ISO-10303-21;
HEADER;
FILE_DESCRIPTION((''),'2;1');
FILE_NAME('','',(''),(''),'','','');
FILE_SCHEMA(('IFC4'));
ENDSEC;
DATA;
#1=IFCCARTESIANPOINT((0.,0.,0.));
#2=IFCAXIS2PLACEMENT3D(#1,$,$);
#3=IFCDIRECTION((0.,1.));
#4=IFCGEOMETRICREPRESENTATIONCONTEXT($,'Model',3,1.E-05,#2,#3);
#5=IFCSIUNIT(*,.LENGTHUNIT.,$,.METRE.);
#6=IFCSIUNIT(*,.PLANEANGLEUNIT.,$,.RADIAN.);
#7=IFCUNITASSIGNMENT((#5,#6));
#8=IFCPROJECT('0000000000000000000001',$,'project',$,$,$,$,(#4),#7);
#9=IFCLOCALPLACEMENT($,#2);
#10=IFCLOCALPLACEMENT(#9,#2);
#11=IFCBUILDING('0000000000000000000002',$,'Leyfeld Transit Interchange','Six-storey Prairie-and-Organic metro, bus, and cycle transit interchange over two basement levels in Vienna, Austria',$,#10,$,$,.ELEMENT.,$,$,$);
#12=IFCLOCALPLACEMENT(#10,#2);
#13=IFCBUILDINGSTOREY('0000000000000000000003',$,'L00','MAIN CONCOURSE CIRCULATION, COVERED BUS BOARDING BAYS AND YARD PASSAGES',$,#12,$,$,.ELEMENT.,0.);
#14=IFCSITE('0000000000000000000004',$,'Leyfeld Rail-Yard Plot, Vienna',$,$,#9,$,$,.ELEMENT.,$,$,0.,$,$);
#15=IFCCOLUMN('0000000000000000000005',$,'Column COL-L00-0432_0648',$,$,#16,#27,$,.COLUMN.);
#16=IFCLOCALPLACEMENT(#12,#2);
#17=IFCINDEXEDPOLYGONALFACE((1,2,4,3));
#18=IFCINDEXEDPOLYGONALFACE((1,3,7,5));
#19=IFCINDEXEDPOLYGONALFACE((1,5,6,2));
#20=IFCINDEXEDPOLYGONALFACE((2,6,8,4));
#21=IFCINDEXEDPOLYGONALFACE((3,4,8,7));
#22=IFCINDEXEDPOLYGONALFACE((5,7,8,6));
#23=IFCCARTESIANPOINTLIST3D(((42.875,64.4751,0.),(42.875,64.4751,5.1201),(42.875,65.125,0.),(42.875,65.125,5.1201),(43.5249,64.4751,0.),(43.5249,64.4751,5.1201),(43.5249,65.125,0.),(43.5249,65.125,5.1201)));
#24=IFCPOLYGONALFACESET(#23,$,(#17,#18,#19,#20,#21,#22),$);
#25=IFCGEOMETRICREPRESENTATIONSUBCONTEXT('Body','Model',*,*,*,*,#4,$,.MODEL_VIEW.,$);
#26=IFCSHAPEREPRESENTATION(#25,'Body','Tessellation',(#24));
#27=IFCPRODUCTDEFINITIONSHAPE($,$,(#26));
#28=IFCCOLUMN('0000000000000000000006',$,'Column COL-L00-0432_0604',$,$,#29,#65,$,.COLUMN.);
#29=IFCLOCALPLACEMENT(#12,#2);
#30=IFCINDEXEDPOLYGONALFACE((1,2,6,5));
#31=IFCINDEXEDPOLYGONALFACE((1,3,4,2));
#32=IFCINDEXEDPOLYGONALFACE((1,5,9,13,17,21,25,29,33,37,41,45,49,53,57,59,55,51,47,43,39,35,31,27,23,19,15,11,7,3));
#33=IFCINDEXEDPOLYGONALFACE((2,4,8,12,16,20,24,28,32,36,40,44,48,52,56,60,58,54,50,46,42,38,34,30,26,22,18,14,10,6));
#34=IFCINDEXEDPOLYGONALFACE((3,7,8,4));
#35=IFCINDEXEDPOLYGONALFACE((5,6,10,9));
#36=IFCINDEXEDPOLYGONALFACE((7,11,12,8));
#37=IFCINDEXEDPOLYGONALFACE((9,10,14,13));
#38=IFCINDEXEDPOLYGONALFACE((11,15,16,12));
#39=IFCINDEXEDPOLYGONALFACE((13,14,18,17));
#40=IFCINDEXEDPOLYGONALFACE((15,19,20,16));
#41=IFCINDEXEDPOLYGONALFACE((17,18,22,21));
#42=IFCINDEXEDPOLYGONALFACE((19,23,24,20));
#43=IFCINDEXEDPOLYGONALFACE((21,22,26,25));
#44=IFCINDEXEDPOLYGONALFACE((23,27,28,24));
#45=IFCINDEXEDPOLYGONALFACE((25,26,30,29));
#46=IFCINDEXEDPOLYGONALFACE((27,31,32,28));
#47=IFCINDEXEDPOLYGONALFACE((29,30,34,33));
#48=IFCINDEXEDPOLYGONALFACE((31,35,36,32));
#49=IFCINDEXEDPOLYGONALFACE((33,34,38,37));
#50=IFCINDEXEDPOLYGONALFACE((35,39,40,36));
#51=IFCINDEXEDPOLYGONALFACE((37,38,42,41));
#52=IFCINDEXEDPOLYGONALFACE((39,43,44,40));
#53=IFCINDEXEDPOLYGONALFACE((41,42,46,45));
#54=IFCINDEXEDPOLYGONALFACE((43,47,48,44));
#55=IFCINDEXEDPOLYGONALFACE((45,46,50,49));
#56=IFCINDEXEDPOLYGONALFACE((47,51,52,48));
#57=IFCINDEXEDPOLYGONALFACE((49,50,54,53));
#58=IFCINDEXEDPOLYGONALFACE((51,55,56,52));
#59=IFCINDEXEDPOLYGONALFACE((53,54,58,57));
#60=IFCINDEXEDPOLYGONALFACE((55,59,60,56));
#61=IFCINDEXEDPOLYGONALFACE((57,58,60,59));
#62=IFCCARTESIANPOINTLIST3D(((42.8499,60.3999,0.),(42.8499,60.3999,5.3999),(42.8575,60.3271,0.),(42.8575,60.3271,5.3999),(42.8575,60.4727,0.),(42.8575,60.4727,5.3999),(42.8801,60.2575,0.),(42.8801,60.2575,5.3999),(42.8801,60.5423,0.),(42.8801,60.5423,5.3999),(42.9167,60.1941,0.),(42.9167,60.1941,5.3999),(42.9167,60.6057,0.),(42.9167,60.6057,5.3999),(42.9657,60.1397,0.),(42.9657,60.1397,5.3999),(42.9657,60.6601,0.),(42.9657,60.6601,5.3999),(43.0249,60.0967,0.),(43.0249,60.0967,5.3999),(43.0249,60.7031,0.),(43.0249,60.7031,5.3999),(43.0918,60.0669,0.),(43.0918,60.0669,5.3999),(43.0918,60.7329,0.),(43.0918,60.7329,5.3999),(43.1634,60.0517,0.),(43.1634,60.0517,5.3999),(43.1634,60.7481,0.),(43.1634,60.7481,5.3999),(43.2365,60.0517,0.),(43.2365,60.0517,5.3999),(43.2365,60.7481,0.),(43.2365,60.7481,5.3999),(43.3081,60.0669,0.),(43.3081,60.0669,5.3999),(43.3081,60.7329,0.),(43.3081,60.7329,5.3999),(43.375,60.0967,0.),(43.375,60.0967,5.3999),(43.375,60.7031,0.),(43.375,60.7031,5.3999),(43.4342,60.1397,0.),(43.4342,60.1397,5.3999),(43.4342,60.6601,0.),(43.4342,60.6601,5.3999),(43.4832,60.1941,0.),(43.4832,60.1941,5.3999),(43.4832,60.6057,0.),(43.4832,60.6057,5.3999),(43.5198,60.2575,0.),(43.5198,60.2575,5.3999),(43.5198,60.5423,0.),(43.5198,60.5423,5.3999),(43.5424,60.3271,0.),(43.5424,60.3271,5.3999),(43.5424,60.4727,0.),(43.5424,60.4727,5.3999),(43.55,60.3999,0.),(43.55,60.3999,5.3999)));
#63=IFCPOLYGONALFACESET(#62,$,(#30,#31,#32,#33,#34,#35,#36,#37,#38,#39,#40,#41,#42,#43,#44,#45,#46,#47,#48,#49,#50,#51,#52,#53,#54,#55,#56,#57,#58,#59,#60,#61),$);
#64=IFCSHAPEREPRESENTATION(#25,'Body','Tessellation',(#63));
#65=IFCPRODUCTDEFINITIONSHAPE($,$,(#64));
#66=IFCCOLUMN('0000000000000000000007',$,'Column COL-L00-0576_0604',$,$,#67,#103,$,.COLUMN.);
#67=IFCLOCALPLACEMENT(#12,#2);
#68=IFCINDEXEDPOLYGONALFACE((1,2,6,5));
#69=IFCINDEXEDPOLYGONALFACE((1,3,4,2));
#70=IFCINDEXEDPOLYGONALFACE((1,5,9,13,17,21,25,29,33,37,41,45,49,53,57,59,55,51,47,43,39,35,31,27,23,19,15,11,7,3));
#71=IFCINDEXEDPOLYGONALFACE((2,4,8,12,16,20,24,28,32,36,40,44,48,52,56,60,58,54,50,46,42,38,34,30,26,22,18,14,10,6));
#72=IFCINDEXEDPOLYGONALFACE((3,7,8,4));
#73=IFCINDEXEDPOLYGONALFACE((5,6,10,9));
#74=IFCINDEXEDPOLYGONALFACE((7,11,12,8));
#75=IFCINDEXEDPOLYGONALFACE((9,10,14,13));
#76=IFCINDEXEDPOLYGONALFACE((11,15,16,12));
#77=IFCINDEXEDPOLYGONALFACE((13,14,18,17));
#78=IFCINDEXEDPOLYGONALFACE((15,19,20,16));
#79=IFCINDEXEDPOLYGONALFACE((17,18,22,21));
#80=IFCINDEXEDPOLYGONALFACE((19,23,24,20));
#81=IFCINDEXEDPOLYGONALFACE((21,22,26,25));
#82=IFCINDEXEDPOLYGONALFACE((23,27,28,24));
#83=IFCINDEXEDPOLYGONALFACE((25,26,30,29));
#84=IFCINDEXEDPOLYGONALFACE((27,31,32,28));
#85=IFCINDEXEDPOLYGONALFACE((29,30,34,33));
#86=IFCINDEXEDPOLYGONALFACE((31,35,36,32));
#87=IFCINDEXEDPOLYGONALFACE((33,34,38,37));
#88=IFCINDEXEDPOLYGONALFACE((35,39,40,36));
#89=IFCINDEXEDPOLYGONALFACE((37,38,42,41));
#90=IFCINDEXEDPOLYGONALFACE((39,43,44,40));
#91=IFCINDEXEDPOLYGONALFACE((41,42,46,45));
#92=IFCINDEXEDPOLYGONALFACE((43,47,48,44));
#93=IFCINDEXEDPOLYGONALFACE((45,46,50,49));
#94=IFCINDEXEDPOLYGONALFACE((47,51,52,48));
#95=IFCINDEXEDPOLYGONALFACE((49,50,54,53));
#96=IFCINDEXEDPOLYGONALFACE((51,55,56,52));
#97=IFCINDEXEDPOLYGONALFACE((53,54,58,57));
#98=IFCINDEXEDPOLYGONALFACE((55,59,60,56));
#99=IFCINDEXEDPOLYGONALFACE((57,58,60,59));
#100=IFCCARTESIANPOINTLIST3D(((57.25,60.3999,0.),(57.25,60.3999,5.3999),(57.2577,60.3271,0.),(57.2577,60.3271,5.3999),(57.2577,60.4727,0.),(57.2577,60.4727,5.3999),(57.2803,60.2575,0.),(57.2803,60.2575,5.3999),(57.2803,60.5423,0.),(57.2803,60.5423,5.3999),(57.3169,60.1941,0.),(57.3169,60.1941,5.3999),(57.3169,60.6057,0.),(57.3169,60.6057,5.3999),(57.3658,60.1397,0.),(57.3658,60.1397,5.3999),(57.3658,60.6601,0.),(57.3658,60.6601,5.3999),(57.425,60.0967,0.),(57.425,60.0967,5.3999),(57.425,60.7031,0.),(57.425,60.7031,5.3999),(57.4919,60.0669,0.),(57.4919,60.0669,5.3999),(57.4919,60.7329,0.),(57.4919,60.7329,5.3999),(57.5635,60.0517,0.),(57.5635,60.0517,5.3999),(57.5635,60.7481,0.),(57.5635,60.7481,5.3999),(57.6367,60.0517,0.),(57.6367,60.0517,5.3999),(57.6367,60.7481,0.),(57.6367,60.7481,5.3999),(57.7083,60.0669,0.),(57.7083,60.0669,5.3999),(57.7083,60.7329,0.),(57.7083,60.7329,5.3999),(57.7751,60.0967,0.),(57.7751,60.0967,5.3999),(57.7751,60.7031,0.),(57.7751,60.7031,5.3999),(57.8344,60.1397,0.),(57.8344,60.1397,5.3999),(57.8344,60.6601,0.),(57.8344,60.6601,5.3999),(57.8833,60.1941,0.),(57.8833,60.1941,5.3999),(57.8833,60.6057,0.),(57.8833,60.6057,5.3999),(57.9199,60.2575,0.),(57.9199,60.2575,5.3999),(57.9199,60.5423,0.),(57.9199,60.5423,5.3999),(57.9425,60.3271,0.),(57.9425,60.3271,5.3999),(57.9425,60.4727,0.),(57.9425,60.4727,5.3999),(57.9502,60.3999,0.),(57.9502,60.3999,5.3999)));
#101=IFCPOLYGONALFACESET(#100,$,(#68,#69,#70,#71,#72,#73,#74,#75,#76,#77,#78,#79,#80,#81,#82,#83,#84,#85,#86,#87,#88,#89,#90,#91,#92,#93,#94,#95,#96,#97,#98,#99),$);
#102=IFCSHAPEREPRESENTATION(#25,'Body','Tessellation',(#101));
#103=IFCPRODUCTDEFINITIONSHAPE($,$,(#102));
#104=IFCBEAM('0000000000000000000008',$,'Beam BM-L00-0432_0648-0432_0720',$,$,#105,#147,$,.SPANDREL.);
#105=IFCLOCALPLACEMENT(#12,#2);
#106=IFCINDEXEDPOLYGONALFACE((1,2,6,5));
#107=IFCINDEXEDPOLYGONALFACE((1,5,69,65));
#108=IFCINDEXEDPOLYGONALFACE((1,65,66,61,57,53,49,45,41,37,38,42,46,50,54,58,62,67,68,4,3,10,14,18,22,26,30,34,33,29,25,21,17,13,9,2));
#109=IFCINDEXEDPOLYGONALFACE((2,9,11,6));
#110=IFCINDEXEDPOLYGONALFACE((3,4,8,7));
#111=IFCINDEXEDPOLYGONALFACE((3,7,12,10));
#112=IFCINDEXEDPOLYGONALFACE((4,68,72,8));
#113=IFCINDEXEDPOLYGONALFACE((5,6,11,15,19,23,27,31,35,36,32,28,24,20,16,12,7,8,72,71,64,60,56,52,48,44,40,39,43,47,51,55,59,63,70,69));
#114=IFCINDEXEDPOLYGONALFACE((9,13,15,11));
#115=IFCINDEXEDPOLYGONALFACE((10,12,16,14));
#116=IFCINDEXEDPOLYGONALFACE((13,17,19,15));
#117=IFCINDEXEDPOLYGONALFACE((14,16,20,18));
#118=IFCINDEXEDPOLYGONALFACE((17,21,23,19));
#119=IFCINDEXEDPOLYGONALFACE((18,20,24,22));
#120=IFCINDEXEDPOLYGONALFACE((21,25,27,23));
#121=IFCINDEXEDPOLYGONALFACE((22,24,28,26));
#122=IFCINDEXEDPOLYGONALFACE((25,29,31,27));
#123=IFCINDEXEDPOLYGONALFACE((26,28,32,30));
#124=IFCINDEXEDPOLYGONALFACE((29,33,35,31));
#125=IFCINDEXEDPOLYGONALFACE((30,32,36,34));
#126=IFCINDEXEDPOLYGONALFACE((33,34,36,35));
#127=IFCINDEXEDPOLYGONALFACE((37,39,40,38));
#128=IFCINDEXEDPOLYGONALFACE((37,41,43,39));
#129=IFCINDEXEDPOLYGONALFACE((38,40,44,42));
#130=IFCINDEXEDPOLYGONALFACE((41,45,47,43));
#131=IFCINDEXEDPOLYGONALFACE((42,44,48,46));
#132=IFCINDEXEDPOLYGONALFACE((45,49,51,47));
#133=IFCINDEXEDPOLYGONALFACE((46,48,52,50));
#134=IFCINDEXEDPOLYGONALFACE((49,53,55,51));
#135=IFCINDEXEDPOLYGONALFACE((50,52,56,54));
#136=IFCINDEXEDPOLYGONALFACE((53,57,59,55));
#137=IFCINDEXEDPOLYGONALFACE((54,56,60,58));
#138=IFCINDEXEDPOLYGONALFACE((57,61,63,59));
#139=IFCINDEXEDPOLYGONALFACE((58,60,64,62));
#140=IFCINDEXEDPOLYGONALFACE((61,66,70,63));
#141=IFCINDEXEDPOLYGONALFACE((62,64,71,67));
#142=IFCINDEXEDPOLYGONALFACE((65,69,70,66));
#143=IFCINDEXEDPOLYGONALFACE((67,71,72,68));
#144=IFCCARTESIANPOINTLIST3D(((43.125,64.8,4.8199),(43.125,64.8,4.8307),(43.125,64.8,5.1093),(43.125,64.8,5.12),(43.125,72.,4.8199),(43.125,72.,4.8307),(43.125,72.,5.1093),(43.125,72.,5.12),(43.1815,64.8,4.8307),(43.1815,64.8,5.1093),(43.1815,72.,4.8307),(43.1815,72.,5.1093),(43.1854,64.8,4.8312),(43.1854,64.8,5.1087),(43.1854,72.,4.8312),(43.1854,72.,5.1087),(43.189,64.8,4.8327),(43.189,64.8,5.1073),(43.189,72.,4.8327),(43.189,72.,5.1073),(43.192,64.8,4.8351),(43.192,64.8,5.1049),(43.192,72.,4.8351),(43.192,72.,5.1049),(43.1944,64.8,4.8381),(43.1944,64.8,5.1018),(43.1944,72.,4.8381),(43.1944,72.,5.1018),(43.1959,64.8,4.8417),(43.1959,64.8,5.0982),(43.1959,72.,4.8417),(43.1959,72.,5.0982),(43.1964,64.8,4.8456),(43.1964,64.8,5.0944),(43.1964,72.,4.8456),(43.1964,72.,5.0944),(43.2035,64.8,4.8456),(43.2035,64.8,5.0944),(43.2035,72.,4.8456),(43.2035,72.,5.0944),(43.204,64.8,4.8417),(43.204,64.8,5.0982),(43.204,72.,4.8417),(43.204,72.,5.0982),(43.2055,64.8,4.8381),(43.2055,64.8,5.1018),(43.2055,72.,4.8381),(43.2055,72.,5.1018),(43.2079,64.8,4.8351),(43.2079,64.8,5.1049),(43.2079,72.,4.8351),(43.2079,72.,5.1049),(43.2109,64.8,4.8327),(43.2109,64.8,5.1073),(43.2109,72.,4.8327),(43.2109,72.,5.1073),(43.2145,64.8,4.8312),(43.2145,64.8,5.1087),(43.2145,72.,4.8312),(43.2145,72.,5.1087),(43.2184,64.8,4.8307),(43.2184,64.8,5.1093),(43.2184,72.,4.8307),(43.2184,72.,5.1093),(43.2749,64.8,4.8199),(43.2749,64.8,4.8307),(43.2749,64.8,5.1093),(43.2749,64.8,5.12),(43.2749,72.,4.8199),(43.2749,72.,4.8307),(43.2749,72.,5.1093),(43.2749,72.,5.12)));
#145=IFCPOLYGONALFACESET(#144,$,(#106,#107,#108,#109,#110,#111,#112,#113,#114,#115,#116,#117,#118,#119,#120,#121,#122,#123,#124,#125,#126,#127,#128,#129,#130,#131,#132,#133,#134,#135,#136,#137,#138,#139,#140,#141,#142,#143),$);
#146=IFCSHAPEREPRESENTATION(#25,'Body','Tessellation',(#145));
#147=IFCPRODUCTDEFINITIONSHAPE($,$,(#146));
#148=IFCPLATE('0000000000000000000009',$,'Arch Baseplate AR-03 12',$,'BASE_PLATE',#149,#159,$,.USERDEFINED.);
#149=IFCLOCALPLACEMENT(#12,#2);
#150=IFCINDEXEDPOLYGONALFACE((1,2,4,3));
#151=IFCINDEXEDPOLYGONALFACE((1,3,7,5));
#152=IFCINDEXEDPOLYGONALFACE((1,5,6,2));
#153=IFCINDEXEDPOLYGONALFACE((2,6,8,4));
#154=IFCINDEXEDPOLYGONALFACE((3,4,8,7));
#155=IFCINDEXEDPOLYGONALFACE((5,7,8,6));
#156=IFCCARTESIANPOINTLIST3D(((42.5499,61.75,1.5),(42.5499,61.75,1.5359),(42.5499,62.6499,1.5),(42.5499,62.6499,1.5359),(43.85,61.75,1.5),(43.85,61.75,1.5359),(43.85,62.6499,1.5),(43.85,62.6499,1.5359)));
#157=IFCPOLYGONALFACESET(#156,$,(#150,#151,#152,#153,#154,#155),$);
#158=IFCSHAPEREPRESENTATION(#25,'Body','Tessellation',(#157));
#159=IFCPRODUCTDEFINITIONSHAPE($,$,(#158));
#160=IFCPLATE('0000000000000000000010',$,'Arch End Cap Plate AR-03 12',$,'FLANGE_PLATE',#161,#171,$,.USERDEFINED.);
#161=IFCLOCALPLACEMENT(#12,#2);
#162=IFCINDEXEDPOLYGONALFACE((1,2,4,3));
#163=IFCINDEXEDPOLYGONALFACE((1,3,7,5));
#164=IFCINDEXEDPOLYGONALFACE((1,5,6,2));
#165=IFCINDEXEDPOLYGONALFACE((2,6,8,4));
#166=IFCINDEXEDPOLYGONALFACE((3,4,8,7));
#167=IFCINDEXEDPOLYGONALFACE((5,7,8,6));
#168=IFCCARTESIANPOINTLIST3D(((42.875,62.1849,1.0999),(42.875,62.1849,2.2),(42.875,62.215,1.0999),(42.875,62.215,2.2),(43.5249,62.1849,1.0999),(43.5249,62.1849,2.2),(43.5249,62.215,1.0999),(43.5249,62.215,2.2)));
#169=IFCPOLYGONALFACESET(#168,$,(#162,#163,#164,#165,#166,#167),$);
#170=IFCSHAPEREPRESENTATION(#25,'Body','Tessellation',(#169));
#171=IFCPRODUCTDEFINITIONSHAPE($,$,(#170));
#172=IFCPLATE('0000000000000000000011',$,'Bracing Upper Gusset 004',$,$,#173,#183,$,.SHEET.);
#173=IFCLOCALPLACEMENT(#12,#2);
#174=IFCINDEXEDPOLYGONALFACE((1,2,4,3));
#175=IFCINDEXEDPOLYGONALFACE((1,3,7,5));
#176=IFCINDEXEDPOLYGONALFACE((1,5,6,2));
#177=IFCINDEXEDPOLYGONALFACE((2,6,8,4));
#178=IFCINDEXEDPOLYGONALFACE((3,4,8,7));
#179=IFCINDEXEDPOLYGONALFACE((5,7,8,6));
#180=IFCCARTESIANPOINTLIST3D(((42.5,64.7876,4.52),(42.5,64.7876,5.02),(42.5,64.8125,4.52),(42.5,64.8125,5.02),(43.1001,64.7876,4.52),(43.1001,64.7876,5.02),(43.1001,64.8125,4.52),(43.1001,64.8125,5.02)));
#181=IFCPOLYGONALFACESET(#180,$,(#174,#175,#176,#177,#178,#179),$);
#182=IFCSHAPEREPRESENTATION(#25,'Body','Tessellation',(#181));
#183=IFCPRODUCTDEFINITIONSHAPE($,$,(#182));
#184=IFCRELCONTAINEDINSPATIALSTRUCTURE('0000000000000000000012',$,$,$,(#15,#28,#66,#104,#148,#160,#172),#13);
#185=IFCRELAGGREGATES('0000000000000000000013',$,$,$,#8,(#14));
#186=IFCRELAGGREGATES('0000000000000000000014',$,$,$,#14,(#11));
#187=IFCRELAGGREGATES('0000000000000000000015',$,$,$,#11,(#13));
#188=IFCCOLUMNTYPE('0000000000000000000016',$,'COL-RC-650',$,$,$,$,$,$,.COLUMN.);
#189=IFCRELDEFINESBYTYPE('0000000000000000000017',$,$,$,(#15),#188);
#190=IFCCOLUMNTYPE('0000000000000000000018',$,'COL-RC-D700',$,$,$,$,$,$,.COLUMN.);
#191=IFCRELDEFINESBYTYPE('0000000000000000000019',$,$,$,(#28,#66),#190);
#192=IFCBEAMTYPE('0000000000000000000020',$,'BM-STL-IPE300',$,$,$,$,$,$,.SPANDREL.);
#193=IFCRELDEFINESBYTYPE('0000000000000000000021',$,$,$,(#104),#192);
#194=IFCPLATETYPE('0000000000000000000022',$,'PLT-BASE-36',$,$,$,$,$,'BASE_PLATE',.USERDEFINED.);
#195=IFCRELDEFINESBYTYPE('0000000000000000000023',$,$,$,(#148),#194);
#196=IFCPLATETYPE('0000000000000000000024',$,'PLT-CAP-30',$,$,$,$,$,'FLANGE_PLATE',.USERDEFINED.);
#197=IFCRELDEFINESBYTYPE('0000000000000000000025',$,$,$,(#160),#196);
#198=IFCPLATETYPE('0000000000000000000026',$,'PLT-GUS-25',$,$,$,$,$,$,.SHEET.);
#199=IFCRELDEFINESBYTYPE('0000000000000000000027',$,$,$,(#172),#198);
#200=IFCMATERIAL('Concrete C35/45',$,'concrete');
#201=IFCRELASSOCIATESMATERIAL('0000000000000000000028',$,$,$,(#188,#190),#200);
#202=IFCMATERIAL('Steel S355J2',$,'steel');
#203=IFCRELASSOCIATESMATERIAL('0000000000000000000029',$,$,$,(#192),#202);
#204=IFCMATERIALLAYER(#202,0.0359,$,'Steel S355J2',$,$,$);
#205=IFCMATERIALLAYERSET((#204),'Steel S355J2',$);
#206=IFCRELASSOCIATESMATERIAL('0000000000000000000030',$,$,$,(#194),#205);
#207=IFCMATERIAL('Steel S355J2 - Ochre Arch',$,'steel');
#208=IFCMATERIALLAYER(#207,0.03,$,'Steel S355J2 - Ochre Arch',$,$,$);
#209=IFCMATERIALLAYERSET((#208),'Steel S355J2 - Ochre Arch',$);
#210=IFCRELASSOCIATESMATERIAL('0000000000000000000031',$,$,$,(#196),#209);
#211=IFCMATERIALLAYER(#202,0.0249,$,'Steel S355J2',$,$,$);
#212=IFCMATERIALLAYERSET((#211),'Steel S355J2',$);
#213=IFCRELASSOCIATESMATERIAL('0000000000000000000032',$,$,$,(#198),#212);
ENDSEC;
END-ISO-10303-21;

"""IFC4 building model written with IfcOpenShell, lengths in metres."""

from ifc_helpers import new_model, si_unit, direction, frame, origin, origin_2d, place, context, subcontext, project, spatial, rectangle, circle, i_section, extrude, material, layer, layer_set, material_profile, profile_set, type_object, element, save


model = new_model("IFC4")

# Units and contexts
model_context = context("Model", 3, precision=1e-05, world=origin(), true_north=direction((0.0, 1.0)))
body_context = subcontext(model_context, "Body", "Model", "MODEL_VIEW")
ifc_project = project(units=[si_unit("LENGTHUNIT", "METRE"), si_unit("PLANEANGLEUNIT", "RADIAN")], contexts=[model_context])

# Site, building, storey
site_placement = place(None, origin())
site = spatial("IfcSite", under=ifc_project, at=site_placement, Name="Leyfeld Rail-Yard Plot, Vienna", CompositionType="ELEMENT", RefElevation=0.0)
building_placement = place(site_placement, origin())
building = spatial("IfcBuilding", under=site, at=building_placement, Name="Leyfeld Transit Interchange", Description="Six-storey Prairie-and-Organic metro, bus, and cycle transit interchange over two basement levels in Vienna, Austria", CompositionType="ELEMENT")
storey_placement = place(building_placement, origin())
storey = spatial("IfcBuildingStorey", under=building, at=storey_placement, Name="L00", Description="MAIN CONCOURSE CIRCULATION, COVERED BUS BOARDING BAYS AND YARD PASSAGES", CompositionType="ELEMENT", Elevation=0.0)

# Shared definitions
ifc_material_1 = material(Name="Concrete C35/45", Category="concrete")

# Columns
ifc_material_profile_1 = material_profile(ifc_material_1, rectangle(XDim=0.6499, YDim=0.6499, at=origin_2d()), Name="RC 650x650")
ifc_profile_set_1 = profile_set([ifc_material_profile_1], Name="Concrete C35/45")
column_type_1 = type_object("IfcColumnType", Name="COL-RC-650", PredefinedType="COLUMN", material=ifc_profile_set_1)
column_placement = place(storey_placement, frame((43.2, 64.8, 0.0), z_axis=(0.0, 0.0, 1.0), x_axis=(1.0, 0.0, 0.0)))
element("IfcColumn", 1, at=column_placement, inside=storey, type_object=column_type_1, Name="Column COL-L00-0432_0648", PredefinedType="COLUMN", context=body_context, shape_type="SweptSolid", body=[
    extrude(rectangle(XDim=0.6499, YDim=0.6499, at=origin_2d()), origin(), (0.0, 0.0, 1.0), 5.1201),
])
ifc_material_profile_2 = material_profile(ifc_material_1, circle(Radius=0.3501, at=origin_2d()), Name="RC D700")
ifc_profile_set_2 = profile_set([ifc_material_profile_2], Name="Concrete C35/45")
column_type_2 = type_object("IfcColumnType", Name="COL-RC-D700", PredefinedType="COLUMN", material=ifc_profile_set_2)
for number, where, z_axis, x_axis, name in (
    (2, (43.2, 60.3999, 0.0), (0.0, 0.0, 1.0), (1.0, 0.0, 0.0), "Column COL-L00-0432_0604"),
    (3, (57.6001, 60.3999, 0.0), (0.0, 0.0, 1.0), (1.0, 0.0, 0.0), "Column COL-L00-0576_0604"),
):
    element("IfcColumn", number, at=place(storey_placement, frame(where, z_axis=z_axis, x_axis=x_axis)), inside=storey, type_object=column_type_2, Name=name, PredefinedType="COLUMN", context=body_context, shape_type="SweptSolid", body=[
        extrude(circle(Radius=0.3501, at=origin_2d()), origin(), (0.0, 0.0, 1.0), 5.3999),
    ])

# Beam
ifc_material_2 = material(Name="Steel S355J2", Category="steel")
ifc_material_profile_3 = material_profile(ifc_material_2, i_section(OverallWidth=0.1499, OverallDepth=0.3, WebThickness=0.0071, FlangeThickness=0.0107, FilletRadius=0.0149, at=origin_2d()), Name="IPE 300")
ifc_profile_set_3 = profile_set([ifc_material_profile_3], Name="Steel S355J2")
beam_type = type_object("IfcBeamType", Name="BM-STL-IPE300", PredefinedType="SPANDREL", material=ifc_profile_set_3)
beam_placement = place(storey_placement, frame((43.2, 64.8, 4.97), z_axis=(0.0, 1.0, 0.0), x_axis=(-1.0, 0.0, 0.0)))
element("IfcBeam", 4, at=beam_placement, inside=storey, type_object=beam_type, Name="Beam BM-L00-0432_0648-0432_0720", PredefinedType="SPANDREL", context=body_context, shape_type="SweptSolid", body=[
    extrude(i_section(OverallWidth=0.1499, OverallDepth=0.3, WebThickness=0.0071, FlangeThickness=0.0107, FilletRadius=0.0149, at=origin_2d()), origin(), (0.0, 0.0, 1.0), 7.2),
])

# Plates
ifc_layer_1 = layer(ifc_material_2, 0.0359, Name="Steel S355J2")
ifc_layer_set_1 = layer_set([ifc_layer_1], Name="Steel S355J2")
plate_type_1 = type_object("IfcPlateType", Name="PLT-BASE-36", ElementType="BASE_PLATE", PredefinedType="USERDEFINED", material=ifc_layer_set_1)
plate_1_placement = place(storey_placement, frame((43.2, 62.2, 1.5), z_axis=(0.0, 0.0, 1.0), x_axis=(1.0, 0.0, 0.0)))
element("IfcPlate", 5, at=plate_1_placement, inside=storey, type_object=plate_type_1, Name="Arch Baseplate AR-03 12", ObjectType="BASE_PLATE", PredefinedType="USERDEFINED", context=body_context, shape_type="SweptSolid", body=[
    extrude(rectangle(XDim=1.3, YDim=0.8999, at=origin_2d()), origin(), (0.0, 0.0, 1.0), 0.0359),
])
ifc_material_3 = material(Name="Steel S355J2 - Ochre Arch", Category="steel")
ifc_layer_2 = layer(ifc_material_3, 0.03, Name="Steel S355J2 - Ochre Arch")
ifc_layer_set_2 = layer_set([ifc_layer_2], Name="Steel S355J2 - Ochre Arch")
plate_type_2 = type_object("IfcPlateType", Name="PLT-CAP-30", ElementType="FLANGE_PLATE", PredefinedType="USERDEFINED", material=ifc_layer_set_2)
plate_2_placement = place(storey_placement, frame((43.2, 62.2, 1.0999), z_axis=(0.0, 0.0, 1.0), x_axis=(1.0, 0.0, 0.0)))
element("IfcPlate", 6, at=plate_2_placement, inside=storey, type_object=plate_type_2, Name="Arch End Cap Plate AR-03 12", ObjectType="FLANGE_PLATE", PredefinedType="USERDEFINED", context=body_context, shape_type="SweptSolid", body=[
    extrude(rectangle(XDim=0.6499, YDim=0.03, at=origin_2d()), origin(), (0.0, 0.0, 1.0), 1.1001),
])
ifc_layer_3 = layer(ifc_material_2, 0.0249, Name="Steel S355J2")
ifc_layer_set_3 = layer_set([ifc_layer_3], Name="Steel S355J2")
plate_type_3 = type_object("IfcPlateType", Name="PLT-GUS-25", PredefinedType="SHEET", material=ifc_layer_set_3)
plate_3_placement = place(storey_placement, frame((42.8, 64.8, 4.52), z_axis=(0.0, 0.0, 1.0), x_axis=(1.0, 0.0, 0.0)))
element("IfcPlate", 7, at=plate_3_placement, inside=storey, type_object=plate_type_3, Name="Bracing Upper Gusset 004", PredefinedType="SHEET", context=body_context, shape_type="SweptSolid", body=[
    extrude(rectangle(XDim=0.6001, YDim=0.0249, at=origin_2d()), origin(), (0.0, 0.0, 1.0), 0.5),
])

save(model, "model.ifc")
